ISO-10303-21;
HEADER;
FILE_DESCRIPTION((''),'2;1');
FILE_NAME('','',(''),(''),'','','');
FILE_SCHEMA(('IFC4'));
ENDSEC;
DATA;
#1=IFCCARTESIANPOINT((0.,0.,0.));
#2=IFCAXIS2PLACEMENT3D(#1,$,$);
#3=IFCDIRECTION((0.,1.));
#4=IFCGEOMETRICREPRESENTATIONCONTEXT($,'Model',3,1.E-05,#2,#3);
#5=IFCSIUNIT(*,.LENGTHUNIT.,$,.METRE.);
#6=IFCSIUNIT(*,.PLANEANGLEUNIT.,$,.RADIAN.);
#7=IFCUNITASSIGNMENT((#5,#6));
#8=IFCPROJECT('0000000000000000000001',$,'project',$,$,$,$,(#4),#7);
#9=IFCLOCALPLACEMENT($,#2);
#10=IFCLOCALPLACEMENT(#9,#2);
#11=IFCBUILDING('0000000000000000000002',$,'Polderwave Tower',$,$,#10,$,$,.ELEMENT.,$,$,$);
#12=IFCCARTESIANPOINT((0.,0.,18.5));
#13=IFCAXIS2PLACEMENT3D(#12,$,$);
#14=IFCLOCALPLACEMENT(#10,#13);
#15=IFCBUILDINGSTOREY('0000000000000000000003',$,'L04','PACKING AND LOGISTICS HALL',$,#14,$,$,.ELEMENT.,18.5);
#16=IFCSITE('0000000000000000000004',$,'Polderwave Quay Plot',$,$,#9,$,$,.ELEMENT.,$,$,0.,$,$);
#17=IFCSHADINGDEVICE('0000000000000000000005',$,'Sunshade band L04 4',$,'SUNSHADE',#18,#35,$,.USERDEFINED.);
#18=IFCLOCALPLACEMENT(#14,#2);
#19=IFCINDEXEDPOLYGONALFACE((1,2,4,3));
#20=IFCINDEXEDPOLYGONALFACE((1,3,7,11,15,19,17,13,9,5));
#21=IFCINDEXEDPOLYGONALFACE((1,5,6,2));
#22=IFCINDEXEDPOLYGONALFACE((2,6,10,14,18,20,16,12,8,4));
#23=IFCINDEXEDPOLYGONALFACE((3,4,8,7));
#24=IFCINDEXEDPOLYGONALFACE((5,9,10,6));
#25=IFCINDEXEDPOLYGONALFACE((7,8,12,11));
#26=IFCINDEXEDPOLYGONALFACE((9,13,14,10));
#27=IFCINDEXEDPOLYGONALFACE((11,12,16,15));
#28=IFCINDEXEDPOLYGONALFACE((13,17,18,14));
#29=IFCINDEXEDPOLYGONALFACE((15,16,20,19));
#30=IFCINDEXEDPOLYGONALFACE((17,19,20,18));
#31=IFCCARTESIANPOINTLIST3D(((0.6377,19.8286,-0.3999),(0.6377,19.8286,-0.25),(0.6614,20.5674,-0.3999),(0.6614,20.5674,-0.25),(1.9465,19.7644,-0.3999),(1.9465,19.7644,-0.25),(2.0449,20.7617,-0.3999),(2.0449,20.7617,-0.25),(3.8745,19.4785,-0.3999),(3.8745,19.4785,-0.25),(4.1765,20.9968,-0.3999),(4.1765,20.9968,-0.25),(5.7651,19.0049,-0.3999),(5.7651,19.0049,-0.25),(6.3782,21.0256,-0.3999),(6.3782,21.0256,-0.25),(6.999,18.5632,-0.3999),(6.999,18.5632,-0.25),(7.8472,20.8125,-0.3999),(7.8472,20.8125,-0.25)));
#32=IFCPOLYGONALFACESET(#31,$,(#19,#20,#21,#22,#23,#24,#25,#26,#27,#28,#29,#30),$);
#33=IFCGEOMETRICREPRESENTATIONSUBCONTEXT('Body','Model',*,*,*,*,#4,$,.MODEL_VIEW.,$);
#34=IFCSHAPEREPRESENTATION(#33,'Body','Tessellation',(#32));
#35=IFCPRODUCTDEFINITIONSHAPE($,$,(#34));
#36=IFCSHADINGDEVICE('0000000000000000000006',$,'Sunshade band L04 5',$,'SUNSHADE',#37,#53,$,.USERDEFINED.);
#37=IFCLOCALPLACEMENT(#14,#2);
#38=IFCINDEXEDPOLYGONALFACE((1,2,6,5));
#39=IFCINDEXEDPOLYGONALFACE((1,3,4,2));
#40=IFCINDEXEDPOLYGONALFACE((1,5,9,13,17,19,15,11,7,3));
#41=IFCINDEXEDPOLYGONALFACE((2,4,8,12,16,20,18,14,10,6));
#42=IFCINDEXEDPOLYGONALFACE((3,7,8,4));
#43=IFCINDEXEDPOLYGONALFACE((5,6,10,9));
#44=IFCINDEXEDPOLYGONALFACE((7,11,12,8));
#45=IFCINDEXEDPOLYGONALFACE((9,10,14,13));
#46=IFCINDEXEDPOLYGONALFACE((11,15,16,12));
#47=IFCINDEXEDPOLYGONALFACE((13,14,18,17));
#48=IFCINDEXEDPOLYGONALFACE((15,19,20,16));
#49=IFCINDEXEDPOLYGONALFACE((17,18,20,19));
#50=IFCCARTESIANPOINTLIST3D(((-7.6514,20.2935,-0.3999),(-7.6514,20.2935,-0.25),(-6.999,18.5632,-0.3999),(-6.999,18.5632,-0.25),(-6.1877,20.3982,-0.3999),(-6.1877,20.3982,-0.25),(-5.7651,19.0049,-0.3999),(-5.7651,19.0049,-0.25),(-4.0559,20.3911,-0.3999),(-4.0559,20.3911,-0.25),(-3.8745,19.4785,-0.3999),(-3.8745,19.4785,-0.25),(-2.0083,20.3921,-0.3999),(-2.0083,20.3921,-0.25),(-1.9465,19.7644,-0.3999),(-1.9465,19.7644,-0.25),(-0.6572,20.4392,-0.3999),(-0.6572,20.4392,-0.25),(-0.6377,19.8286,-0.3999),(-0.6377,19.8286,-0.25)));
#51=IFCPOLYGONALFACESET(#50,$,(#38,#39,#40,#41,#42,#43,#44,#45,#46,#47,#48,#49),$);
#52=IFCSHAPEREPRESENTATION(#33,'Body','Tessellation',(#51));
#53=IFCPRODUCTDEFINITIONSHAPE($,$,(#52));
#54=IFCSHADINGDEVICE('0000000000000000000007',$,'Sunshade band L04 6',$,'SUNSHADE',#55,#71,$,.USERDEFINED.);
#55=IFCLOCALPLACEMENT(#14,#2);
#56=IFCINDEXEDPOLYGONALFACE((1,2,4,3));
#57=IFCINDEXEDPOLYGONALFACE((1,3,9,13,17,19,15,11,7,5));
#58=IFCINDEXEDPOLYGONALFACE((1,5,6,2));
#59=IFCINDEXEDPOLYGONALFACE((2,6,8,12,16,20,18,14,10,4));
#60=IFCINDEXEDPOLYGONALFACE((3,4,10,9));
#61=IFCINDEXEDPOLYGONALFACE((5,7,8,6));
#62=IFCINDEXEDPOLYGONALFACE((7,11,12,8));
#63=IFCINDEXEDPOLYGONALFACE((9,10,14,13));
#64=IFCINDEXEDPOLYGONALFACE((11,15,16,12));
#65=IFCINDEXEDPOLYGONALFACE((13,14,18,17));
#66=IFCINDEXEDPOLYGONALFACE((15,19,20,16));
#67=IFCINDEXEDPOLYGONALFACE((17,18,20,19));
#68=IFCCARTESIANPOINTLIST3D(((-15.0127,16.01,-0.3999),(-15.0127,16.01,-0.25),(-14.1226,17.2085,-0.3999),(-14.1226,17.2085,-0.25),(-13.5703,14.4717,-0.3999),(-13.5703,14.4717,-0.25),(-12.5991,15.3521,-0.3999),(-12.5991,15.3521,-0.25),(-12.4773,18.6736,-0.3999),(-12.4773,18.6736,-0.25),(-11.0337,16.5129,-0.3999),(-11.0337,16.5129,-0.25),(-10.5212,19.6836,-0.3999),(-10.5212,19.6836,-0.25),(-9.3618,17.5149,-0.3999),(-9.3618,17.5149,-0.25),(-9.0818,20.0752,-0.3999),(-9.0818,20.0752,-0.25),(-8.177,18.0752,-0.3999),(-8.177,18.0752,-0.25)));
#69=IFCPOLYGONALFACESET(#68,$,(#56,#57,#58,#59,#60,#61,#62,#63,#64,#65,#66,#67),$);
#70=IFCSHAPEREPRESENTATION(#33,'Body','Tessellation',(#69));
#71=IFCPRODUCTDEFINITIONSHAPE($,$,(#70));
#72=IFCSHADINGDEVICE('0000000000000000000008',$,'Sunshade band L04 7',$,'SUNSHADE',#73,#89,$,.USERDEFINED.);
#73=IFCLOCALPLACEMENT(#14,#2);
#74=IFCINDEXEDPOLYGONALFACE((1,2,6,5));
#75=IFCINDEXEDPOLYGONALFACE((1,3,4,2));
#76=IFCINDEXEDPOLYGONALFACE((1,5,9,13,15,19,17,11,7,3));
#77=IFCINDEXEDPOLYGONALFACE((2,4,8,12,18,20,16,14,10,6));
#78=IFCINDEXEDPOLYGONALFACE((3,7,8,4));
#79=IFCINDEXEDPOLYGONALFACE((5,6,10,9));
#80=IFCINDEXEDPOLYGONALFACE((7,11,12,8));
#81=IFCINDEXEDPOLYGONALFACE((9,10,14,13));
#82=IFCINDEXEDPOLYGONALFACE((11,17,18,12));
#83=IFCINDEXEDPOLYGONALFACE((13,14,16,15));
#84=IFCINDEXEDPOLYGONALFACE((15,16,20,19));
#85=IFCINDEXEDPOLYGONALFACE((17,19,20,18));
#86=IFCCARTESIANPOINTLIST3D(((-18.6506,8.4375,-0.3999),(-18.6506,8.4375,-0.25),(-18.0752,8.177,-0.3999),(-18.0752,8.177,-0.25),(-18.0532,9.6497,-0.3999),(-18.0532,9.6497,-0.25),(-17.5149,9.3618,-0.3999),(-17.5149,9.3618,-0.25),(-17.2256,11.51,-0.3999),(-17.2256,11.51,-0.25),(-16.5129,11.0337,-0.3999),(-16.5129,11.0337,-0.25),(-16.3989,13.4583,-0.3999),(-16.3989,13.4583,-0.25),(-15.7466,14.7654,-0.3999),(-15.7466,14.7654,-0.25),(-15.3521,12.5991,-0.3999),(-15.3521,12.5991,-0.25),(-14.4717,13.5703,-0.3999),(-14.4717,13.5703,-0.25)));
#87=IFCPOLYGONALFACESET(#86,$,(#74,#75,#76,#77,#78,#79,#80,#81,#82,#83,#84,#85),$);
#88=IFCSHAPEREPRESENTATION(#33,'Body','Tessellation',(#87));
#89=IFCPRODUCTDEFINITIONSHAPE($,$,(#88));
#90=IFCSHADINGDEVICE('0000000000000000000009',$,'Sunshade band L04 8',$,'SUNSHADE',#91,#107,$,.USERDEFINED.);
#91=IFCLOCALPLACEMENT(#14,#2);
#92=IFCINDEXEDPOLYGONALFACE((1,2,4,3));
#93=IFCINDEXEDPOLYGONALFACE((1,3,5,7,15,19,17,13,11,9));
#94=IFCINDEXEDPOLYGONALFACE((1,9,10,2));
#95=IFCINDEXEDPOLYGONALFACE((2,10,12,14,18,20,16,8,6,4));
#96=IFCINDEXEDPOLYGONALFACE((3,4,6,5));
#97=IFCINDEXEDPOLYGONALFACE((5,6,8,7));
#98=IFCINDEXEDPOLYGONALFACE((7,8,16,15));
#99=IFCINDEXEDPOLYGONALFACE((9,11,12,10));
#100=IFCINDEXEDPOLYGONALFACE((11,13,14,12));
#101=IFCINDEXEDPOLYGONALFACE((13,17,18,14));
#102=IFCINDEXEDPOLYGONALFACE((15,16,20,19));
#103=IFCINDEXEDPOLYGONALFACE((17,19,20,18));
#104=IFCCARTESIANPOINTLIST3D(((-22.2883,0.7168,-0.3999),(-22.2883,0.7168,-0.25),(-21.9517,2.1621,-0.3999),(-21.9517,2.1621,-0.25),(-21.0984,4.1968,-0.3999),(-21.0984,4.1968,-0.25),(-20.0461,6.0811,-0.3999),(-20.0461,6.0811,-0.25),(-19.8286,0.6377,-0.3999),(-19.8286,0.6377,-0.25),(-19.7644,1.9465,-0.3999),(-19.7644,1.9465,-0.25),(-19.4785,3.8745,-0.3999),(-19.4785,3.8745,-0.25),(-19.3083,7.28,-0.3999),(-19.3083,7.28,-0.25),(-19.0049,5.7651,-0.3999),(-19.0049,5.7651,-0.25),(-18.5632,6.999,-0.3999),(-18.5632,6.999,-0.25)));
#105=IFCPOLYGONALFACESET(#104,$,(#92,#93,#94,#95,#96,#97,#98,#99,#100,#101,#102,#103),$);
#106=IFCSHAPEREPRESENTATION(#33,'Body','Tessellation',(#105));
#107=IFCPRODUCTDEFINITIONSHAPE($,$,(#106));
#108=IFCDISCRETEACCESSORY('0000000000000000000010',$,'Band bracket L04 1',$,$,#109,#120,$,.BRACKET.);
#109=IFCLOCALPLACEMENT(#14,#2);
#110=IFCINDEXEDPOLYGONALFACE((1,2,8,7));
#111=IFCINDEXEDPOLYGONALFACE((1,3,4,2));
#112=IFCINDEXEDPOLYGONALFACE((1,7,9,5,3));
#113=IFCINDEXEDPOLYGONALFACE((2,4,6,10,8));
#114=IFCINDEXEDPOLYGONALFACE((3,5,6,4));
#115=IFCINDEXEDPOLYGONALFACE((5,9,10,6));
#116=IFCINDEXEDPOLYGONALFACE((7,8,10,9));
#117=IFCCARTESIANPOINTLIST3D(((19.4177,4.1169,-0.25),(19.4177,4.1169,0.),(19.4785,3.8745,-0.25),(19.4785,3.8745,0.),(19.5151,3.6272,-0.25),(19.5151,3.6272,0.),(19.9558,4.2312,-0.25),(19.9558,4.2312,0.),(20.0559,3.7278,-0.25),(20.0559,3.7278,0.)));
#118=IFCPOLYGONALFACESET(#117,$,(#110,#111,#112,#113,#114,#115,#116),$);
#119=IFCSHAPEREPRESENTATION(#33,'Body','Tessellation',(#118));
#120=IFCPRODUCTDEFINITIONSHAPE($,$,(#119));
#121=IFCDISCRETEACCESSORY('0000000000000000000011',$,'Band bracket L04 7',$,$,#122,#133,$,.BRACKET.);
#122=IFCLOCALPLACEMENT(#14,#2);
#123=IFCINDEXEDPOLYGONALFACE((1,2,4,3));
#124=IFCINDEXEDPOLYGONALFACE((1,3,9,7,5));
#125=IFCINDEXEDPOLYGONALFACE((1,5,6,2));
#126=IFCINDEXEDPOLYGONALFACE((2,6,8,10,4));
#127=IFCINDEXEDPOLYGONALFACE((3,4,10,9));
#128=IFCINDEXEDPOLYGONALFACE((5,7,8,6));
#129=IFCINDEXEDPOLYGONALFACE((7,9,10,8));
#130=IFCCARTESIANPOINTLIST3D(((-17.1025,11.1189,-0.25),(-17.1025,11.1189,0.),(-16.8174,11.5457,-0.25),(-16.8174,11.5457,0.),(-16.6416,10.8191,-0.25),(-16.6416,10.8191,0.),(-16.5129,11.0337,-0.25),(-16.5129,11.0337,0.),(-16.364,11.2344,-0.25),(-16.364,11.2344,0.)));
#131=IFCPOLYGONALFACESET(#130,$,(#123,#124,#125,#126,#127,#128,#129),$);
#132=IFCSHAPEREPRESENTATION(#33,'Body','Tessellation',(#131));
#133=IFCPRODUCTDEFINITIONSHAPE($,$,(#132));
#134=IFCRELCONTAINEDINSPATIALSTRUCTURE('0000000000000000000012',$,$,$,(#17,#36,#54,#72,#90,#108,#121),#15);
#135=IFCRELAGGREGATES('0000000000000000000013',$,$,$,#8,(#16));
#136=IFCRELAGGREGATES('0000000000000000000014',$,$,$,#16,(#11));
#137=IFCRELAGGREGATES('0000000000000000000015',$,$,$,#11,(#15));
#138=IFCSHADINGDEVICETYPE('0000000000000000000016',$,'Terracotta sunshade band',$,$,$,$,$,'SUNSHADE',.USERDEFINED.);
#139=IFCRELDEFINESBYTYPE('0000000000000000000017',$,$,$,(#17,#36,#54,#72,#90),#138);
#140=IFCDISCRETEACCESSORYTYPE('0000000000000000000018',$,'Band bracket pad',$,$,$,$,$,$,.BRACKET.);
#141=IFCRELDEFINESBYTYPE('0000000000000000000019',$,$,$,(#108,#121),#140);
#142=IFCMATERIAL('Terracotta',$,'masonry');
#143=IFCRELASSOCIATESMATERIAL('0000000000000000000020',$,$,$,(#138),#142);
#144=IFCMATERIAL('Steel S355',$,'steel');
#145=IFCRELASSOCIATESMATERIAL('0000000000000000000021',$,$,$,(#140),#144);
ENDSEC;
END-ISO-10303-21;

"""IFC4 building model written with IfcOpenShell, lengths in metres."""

from ifc_helpers import new_model, si_unit, direction, frame, origin, place, context, subcontext, project, spatial, polyline, outline, extrude, material, type_object, element, save


model = new_model("IFC4")

# Units and contexts
model_context = context("Model", 3, precision=1e-05, world=origin(), true_north=direction((0.0, 1.0)))
body_context = subcontext(model_context, "Body", "Model", "MODEL_VIEW")
ifc_project = project(units=[si_unit("LENGTHUNIT", "METRE"), si_unit("PLANEANGLEUNIT", "RADIAN")], contexts=[model_context])

# Site, building, storey
site_placement = place(None, origin())
site = spatial("IfcSite", under=ifc_project, at=site_placement, Name="Polderwave Quay Plot", CompositionType="ELEMENT", RefElevation=0.0)
building_placement = place(site_placement, origin())
building = spatial("IfcBuilding", under=site, at=building_placement, Name="Polderwave Tower", CompositionType="ELEMENT")
storey_placement = place(building_placement, frame((0.0, 0.0, 18.5)))
storey = spatial("IfcBuildingStorey", under=building, at=storey_placement, Name="L04", Description="PACKING AND LOGISTICS HALL", CompositionType="ELEMENT", Elevation=18.5)

# Shading devices
ifc_material_1 = material(Name="Terracotta", Category="masonry")
shading_device_type = type_object("IfcShadingDeviceType", Name="Terracotta sunshade band", ElementType="SUNSHADE", PredefinedType="USERDEFINED", material=ifc_material_1)
shading_device_1_placement = place(storey_placement, frame((0.0, 0.0, -0.3999)))
element("IfcShadingDevice", 1, at=shading_device_1_placement, inside=storey, type_object=shading_device_type, Name="Sunshade band L04 4", ObjectType="SUNSHADE", PredefinedType="USERDEFINED", context=body_context, shape_type="SweptSolid", body=[
    extrude(outline(polyline([(6.999, 18.5632), (5.7651, 19.0049), (3.8745, 19.4785), (1.9465, 19.7644), (0.6377, 19.8286), (0.6614, 20.5674), (2.0449, 20.7617), (4.1765, 20.9968), (6.3782, 21.0256), (7.8472, 20.8125), (6.999, 18.5632)])), origin(), (0.0, 0.0, 1.0), 0.1499),
])
shading_device_2_placement = place(storey_placement, frame((0.0, 0.0, -0.3999)))
element("IfcShadingDevice", 2, at=shading_device_2_placement, inside=storey, type_object=shading_device_type, Name="Sunshade band L04 5", ObjectType="SUNSHADE", PredefinedType="USERDEFINED", context=body_context, shape_type="SweptSolid", body=[
    extrude(outline(polyline([(-0.6377, 19.8286), (-1.9465, 19.7644), (-3.8745, 19.4785), (-5.7651, 19.0049), (-6.999, 18.5632), (-7.6514, 20.2935), (-6.1877, 20.3982), (-4.0559, 20.3911), (-2.0083, 20.3921), (-0.6572, 20.4392), (-0.6377, 19.8286)])), origin(), (0.0, 0.0, 1.0), 0.1499),
])
shading_device_3_placement = place(storey_placement, frame((0.0, 0.0, -0.3999)))
element("IfcShadingDevice", 3, at=shading_device_3_placement, inside=storey, type_object=shading_device_type, Name="Sunshade band L04 6", ObjectType="SUNSHADE", PredefinedType="USERDEFINED", context=body_context, shape_type="SweptSolid", body=[
    extrude(outline(polyline([(-8.177, 18.0752), (-9.3618, 17.5149), (-11.0337, 16.5129), (-12.5991, 15.3521), (-13.5703, 14.4717), (-15.0127, 16.01), (-14.1226, 17.2085), (-12.4773, 18.6736), (-10.5212, 19.6836), (-9.0818, 20.0752), (-8.177, 18.0752)])), origin(), (0.0, 0.0, 1.0), 0.1499),
])
shading_device_4_placement = place(storey_placement, frame((0.0, 0.0, -0.3999)))
element("IfcShadingDevice", 4, at=shading_device_4_placement, inside=storey, type_object=shading_device_type, Name="Sunshade band L04 7", ObjectType="SUNSHADE", PredefinedType="USERDEFINED", context=body_context, shape_type="SweptSolid", body=[
    extrude(outline(polyline([(-14.4717, 13.5703), (-15.3521, 12.5991), (-16.5129, 11.0337), (-17.5149, 9.3618), (-18.0752, 8.177), (-18.6506, 8.4375), (-18.0532, 9.6497), (-17.2256, 11.51), (-16.3989, 13.4583), (-15.7466, 14.7654), (-14.4717, 13.5703)])), origin(), (0.0, 0.0, 1.0), 0.1499),
])
shading_device_5_placement = place(storey_placement, frame((0.0, 0.0, -0.3999)))
element("IfcShadingDevice", 5, at=shading_device_5_placement, inside=storey, type_object=shading_device_type, Name="Sunshade band L04 8", ObjectType="SUNSHADE", PredefinedType="USERDEFINED", context=body_context, shape_type="SweptSolid", body=[
    extrude(outline(polyline([(-18.5632, 6.999), (-19.0049, 5.7651), (-19.4785, 3.8745), (-19.7644, 1.9465), (-19.8286, 0.6377), (-22.2883, 0.7168), (-21.9517, 2.1621), (-21.0984, 4.1968), (-20.0461, 6.0811), (-19.3083, 7.28), (-18.5632, 6.999)])), origin(), (0.0, 0.0, 1.0), 0.1499),
])

# Discrete accessories
ifc_material_2 = material(Name="Steel S355", Category="steel")
discrete_accessory_type = type_object("IfcDiscreteAccessoryType", Name="Band bracket pad", PredefinedType="BRACKET", material=ifc_material_2)
discrete_accessory_1_placement = place(storey_placement, frame((0.0, 0.0, -0.25)))
element("IfcDiscreteAccessory", 6, at=discrete_accessory_1_placement, inside=storey, type_object=discrete_accessory_type, Name="Band bracket L04 1", PredefinedType="BRACKET", context=body_context, shape_type="SweptSolid", body=[
    extrude(outline(polyline([(19.5151, 3.6272), (19.4785, 3.8745), (19.4177, 4.1169), (19.9558, 4.2312), (20.0559, 3.7278), (19.5151, 3.6272)])), origin(), (0.0, 0.0, 1.0), 0.25),
])
discrete_accessory_2_placement = place(storey_placement, frame((0.0, 0.0, -0.25)))
element("IfcDiscreteAccessory", 7, at=discrete_accessory_2_placement, inside=storey, type_object=discrete_accessory_type, Name="Band bracket L04 7", PredefinedType="BRACKET", context=body_context, shape_type="SweptSolid", body=[
    extrude(outline(polyline([(-16.364, 11.2344), (-16.5129, 11.0337), (-16.6416, 10.8191), (-17.1025, 11.1189), (-16.8174, 11.5457), (-16.364, 11.2344)])), origin(), (0.0, 0.0, 1.0), 0.25),
])

save(model, "model.ifc")
